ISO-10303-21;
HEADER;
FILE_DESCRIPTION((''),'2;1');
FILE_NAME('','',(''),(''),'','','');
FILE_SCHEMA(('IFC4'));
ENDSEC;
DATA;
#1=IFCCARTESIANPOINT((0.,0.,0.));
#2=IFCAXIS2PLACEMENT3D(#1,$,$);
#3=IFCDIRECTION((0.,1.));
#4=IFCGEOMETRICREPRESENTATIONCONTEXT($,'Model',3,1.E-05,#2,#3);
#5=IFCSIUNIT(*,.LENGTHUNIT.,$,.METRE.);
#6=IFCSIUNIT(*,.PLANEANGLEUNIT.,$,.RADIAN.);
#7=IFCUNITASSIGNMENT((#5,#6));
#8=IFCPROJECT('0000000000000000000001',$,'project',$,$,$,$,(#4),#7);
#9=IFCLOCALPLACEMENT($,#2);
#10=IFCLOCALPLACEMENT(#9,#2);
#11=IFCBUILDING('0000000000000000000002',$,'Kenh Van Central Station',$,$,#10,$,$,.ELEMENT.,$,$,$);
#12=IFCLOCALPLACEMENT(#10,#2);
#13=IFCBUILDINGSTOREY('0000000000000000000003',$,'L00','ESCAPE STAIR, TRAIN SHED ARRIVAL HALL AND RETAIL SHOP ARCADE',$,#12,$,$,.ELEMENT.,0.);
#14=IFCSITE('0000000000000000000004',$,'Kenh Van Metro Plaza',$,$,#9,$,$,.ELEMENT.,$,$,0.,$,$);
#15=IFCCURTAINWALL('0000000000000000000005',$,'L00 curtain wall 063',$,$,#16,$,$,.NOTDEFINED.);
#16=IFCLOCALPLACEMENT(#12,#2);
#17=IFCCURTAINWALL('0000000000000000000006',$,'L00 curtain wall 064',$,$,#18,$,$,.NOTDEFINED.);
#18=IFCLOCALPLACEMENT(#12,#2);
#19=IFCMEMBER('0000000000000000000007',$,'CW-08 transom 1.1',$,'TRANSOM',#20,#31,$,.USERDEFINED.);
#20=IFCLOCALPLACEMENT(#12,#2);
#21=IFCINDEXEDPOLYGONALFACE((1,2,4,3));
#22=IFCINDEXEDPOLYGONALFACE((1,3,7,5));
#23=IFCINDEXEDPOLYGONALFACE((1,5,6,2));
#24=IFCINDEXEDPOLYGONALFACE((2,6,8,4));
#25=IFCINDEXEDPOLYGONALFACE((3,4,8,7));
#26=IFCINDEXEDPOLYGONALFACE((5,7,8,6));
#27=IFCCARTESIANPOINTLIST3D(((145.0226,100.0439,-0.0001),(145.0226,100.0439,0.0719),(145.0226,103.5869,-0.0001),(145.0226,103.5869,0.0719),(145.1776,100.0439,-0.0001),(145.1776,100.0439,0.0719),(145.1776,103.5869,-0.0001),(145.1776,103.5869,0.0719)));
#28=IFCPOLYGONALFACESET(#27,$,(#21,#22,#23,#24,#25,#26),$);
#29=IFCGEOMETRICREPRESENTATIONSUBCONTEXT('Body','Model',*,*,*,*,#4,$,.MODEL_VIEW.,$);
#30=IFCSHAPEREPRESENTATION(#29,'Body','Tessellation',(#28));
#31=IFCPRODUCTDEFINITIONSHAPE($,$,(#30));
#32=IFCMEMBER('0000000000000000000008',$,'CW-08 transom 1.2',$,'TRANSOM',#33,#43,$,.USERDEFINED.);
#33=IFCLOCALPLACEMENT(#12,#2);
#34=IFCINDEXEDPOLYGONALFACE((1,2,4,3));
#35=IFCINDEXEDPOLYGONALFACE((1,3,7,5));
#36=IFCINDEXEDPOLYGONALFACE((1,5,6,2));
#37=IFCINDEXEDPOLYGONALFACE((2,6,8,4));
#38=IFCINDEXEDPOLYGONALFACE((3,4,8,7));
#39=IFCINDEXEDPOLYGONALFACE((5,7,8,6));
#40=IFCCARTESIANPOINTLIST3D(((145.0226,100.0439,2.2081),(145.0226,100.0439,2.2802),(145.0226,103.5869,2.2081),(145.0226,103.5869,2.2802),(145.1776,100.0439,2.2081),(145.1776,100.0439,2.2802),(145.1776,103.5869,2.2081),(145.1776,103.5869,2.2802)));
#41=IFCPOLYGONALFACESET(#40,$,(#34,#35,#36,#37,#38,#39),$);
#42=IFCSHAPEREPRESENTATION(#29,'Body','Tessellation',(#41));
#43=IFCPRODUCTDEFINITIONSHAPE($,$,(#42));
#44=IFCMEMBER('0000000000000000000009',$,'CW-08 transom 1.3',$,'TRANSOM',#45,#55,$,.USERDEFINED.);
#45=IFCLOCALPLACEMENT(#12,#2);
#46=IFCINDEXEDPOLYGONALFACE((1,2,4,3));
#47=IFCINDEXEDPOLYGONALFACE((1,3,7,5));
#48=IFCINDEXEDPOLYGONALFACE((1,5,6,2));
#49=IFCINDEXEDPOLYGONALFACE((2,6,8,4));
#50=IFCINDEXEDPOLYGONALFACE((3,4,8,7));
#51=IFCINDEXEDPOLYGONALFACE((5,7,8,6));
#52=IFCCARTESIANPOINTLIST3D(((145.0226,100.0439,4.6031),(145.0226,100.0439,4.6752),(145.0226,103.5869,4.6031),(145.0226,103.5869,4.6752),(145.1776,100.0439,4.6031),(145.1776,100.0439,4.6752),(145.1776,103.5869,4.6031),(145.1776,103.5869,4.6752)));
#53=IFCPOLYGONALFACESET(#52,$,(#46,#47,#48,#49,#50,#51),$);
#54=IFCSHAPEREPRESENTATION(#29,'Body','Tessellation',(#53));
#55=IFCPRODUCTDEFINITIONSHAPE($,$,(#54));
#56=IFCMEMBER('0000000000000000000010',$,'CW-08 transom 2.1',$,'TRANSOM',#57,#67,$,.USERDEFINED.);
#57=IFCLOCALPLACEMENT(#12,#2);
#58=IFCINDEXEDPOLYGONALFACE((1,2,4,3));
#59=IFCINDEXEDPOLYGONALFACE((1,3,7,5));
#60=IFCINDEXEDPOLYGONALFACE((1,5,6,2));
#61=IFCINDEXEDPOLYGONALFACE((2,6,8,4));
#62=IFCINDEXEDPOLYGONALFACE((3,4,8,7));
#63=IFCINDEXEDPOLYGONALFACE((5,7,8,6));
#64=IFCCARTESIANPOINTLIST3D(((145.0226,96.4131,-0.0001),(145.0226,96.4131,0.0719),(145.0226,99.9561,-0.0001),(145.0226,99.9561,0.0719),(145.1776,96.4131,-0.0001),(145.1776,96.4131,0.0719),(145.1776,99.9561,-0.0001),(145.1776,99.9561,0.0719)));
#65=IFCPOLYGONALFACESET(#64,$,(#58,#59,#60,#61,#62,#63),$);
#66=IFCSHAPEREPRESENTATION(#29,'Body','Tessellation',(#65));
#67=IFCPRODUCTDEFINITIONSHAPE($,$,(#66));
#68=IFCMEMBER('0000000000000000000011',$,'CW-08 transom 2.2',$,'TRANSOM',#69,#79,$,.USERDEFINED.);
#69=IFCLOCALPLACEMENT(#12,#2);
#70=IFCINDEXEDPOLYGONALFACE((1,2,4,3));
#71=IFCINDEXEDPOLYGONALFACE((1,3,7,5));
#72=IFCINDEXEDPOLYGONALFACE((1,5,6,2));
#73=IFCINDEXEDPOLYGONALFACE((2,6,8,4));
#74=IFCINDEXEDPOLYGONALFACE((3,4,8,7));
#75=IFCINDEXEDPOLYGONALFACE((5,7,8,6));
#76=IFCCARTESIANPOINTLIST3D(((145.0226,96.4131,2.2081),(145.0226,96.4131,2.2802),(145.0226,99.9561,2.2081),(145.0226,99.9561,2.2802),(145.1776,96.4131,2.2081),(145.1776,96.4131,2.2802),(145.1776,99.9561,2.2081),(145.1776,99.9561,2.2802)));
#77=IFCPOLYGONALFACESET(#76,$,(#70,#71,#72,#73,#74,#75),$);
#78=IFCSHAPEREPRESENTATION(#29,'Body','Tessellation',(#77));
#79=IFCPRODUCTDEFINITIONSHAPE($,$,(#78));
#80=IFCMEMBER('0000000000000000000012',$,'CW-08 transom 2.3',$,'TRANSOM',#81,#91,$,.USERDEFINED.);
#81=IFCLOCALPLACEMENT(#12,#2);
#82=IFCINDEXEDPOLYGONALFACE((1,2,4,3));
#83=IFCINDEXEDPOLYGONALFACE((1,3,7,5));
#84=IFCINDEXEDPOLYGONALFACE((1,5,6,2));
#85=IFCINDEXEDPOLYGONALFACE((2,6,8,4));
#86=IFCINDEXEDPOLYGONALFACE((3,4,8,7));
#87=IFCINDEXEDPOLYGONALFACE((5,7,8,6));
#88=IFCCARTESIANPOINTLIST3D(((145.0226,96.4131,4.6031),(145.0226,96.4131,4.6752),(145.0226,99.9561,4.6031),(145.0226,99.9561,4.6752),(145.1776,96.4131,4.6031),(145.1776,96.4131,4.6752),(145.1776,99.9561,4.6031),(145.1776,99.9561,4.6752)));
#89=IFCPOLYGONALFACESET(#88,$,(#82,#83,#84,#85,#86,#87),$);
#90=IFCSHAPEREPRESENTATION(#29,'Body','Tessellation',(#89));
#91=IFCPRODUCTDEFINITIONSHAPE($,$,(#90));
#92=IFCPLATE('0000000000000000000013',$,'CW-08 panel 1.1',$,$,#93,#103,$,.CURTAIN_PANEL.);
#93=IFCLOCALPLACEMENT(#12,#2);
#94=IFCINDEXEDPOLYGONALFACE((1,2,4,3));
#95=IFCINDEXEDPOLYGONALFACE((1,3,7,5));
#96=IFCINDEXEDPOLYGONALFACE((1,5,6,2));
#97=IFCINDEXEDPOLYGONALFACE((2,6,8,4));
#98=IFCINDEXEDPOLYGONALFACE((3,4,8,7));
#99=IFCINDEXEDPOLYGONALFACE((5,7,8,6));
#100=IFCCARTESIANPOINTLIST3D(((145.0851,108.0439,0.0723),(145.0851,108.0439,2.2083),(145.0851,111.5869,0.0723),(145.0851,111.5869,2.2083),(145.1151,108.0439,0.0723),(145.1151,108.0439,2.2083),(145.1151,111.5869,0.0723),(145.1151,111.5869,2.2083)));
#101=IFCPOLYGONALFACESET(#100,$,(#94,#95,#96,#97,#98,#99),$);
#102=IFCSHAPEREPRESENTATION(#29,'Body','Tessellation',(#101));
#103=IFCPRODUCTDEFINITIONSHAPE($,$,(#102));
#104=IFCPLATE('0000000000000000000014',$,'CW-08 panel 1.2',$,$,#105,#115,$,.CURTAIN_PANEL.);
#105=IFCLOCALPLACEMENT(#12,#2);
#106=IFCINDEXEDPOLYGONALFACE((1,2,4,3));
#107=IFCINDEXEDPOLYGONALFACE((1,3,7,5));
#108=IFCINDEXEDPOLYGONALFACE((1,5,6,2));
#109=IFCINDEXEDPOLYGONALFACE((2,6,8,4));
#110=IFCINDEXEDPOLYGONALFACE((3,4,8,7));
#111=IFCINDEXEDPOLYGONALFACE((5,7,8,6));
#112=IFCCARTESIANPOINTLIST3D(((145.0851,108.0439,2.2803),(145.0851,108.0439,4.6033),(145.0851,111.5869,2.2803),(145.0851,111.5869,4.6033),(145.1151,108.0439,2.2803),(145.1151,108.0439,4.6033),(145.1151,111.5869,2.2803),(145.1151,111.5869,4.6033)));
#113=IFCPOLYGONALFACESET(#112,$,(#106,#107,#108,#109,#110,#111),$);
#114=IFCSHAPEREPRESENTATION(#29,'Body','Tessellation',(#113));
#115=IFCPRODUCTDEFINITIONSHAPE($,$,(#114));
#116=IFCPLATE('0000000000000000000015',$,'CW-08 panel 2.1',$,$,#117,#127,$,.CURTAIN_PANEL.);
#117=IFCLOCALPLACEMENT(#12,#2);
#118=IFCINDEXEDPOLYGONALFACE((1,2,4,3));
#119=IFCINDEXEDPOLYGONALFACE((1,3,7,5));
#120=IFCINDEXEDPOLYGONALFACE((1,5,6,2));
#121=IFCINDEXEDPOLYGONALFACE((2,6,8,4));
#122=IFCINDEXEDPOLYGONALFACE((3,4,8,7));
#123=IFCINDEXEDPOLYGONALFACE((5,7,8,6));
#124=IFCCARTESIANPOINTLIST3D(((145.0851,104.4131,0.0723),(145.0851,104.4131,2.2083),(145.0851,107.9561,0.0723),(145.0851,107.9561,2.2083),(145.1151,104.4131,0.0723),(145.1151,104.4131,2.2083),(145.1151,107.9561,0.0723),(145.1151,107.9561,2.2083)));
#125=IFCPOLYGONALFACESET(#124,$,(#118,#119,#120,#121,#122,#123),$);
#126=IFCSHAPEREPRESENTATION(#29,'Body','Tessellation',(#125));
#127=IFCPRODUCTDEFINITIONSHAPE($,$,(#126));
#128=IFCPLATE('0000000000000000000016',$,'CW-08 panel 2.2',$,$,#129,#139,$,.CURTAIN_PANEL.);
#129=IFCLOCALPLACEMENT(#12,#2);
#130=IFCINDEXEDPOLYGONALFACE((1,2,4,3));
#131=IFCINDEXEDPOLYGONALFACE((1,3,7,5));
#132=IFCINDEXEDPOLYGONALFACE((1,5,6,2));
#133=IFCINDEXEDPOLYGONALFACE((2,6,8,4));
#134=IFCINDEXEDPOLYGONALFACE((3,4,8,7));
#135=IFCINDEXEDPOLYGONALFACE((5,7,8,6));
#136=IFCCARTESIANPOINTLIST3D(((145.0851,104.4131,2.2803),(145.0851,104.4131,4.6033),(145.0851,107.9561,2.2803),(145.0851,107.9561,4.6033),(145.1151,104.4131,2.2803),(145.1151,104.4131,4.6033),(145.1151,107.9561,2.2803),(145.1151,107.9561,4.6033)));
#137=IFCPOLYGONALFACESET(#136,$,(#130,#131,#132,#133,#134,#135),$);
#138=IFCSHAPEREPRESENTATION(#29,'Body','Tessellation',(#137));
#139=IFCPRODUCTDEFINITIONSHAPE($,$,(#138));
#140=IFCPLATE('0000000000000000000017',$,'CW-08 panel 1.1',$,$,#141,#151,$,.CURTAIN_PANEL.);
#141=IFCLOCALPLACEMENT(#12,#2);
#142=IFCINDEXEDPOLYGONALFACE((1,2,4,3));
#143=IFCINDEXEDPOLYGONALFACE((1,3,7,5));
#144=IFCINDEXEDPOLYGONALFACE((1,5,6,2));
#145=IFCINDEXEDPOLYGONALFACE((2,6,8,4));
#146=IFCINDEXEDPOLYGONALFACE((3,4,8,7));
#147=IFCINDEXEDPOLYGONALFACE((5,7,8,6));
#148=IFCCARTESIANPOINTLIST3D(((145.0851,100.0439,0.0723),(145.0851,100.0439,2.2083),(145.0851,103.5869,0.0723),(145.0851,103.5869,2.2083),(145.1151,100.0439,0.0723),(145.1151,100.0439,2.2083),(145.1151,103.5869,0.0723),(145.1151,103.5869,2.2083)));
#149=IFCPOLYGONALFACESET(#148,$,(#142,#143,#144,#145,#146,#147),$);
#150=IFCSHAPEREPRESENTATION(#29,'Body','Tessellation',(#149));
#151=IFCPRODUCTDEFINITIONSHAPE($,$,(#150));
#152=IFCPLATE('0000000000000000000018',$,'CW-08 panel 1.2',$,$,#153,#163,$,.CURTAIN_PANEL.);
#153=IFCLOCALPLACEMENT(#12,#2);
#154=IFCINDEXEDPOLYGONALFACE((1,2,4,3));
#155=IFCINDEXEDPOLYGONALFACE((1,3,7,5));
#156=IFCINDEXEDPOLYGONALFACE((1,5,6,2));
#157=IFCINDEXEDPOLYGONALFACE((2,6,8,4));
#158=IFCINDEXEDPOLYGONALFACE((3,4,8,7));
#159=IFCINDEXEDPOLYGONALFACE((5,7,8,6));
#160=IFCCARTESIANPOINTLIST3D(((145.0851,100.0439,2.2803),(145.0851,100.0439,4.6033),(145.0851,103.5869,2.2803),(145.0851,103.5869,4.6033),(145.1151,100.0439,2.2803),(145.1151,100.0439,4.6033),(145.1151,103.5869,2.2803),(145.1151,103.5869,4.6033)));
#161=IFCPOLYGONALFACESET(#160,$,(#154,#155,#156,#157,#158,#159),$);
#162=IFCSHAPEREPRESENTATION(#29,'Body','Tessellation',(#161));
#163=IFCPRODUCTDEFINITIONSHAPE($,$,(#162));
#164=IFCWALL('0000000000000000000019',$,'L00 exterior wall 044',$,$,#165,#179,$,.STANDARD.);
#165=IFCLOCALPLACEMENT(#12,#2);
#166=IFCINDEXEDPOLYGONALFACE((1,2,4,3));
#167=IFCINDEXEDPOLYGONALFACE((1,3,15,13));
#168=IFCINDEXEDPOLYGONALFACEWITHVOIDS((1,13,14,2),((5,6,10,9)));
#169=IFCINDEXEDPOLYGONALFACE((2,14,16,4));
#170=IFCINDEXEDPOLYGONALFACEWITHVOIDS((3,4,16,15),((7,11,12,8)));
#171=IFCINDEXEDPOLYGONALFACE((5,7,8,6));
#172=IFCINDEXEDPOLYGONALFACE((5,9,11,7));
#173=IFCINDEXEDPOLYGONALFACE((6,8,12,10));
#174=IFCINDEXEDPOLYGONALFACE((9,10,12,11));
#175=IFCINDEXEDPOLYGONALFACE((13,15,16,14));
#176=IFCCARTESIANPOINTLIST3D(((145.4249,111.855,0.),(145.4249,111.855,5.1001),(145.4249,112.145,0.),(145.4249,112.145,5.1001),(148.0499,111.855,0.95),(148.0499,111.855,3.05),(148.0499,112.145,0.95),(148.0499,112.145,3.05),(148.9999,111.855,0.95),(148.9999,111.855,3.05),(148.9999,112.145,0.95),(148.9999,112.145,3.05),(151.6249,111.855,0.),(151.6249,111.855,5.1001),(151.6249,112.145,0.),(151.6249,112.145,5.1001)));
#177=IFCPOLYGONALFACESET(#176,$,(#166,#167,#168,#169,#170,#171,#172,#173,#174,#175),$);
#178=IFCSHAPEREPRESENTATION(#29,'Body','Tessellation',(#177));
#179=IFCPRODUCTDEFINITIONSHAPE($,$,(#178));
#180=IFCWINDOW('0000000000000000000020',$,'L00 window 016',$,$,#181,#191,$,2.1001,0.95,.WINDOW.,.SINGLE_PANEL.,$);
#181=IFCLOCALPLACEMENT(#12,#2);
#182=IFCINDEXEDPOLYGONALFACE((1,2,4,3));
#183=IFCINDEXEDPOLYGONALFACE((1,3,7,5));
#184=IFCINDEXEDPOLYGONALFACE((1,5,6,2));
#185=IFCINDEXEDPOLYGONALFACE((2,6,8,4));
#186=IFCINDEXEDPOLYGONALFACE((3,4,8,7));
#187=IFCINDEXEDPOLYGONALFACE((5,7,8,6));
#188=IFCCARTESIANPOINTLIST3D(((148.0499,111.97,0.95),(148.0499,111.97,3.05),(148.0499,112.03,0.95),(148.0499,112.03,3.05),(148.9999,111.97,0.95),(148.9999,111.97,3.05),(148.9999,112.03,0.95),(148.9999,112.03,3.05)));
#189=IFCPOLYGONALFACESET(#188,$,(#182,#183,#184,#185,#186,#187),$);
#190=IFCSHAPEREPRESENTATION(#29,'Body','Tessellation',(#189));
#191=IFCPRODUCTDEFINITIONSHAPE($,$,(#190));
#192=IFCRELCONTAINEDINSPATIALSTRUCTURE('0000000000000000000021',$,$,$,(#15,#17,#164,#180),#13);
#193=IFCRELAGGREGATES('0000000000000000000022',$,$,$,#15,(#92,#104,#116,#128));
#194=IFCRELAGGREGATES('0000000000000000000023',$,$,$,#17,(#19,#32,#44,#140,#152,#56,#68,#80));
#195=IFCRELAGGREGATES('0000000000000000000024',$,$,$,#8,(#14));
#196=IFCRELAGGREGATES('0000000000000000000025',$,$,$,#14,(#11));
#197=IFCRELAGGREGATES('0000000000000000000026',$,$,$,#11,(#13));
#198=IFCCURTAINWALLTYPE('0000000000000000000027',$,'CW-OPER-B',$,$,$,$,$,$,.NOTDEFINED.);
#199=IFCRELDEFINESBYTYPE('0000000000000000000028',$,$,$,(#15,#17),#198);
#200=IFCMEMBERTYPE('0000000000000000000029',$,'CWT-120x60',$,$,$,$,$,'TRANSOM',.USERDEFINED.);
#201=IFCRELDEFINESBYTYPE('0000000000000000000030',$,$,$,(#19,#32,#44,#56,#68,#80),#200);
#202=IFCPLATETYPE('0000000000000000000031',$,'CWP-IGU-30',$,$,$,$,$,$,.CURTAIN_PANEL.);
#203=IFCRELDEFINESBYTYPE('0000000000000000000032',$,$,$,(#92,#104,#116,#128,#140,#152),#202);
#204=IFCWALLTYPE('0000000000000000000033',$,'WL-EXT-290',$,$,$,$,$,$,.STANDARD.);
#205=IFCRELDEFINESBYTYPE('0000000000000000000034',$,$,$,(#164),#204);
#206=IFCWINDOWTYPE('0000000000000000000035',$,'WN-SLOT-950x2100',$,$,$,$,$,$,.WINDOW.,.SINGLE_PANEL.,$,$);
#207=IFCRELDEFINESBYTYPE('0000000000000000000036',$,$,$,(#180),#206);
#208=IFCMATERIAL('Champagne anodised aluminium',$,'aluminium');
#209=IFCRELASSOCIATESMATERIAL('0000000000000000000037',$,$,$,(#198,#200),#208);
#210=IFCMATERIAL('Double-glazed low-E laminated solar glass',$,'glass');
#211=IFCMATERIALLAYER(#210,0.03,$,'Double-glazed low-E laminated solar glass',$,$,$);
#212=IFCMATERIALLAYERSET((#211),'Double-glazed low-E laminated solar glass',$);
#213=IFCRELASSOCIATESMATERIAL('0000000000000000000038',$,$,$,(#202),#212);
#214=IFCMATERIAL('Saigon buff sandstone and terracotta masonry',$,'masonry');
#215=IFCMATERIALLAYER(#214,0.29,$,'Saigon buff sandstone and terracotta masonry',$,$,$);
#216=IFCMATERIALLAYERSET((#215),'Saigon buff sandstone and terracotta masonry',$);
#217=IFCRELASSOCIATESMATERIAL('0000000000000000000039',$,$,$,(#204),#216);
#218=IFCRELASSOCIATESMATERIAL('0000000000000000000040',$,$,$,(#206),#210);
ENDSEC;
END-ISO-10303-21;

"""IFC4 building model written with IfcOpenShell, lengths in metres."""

from ifc_helpers import new_model, si_unit, direction, frame, frame_2d, origin, origin_2d, place, context, subcontext, project, spatial, rectangle, extrude, material, layer, layer_set, material_profile, profile_set, type_object, element, fill, aggregate, save


model = new_model("IFC4")

# Units and contexts
model_context = context("Model", 3, precision=1e-05, world=origin(), true_north=direction((0.0, 1.0)))
body_context = subcontext(model_context, "Body", "Model", "MODEL_VIEW")
ifc_project = project(units=[si_unit("LENGTHUNIT", "METRE"), si_unit("PLANEANGLEUNIT", "RADIAN")], contexts=[model_context])

# Site, building, storey
site_placement = place(None, origin())
site = spatial("IfcSite", under=ifc_project, at=site_placement, Name="Kenh Van Metro Plaza", CompositionType="ELEMENT", RefElevation=0.0)
building_placement = place(site_placement, origin())
building = spatial("IfcBuilding", under=site, at=building_placement, Name="Kenh Van Central Station", CompositionType="ELEMENT")
storey_placement = place(building_placement, origin())
storey = spatial("IfcBuildingStorey", under=building, at=storey_placement, Name="L00", Description="ESCAPE STAIR, TRAIN SHED ARRIVAL HALL AND RETAIL SHOP ARCADE", CompositionType="ELEMENT", Elevation=0.0)

# Curtain walls
ifc_material_1 = material(Name="Champagne anodised aluminium", Category="aluminium")
curtain_wall_type = type_object("IfcCurtainWallType", Name="CW-OPER-B", PredefinedType="NOTDEFINED", material=ifc_material_1)
curtain_wall_1_placement = place(storey_placement, origin())
curtain_wall_1 = element("IfcCurtainWall", 1, at=curtain_wall_1_placement, inside=storey, type_object=curtain_wall_type, Name="L00 curtain wall 063", PredefinedType="NOTDEFINED")
curtain_wall_2_placement = place(storey_placement, origin())
curtain_wall_2 = element("IfcCurtainWall", 2, at=curtain_wall_2_placement, inside=storey, type_object=curtain_wall_type, Name="L00 curtain wall 064", PredefinedType="NOTDEFINED")

# Members
ifc_material_profile_1 = material_profile(ifc_material_1, rectangle(XDim=0.155, YDim=0.072, at=origin_2d()), Name="AL 155x72")
ifc_profile_set_1 = profile_set([ifc_material_profile_1], Name="Champagne anodised aluminium")
member_type_1 = type_object("IfcMemberType", Name="CWT-120x60", ElementType="TRANSOM", PredefinedType="USERDEFINED", material=ifc_profile_set_1)
member_1_placement = place(storey_placement, frame((145.1001, 103.5869, 0.0359), z_axis=(0.0, -1.0, 0.0), x_axis=(1.0, 0.0, 0.0)))
member_1 = element("IfcMember", 3, at=member_1_placement, type_object=member_type_1, Name="CW-08 transom 1.1", ObjectType="TRANSOM", PredefinedType="USERDEFINED", context=body_context, shape_type="SweptSolid", body=[
    extrude(rectangle(XDim=0.155, YDim=0.072, at=origin_2d()), origin(), (0.0, 0.0, 1.0), 3.543),
])
member_2_placement = place(storey_placement, frame((145.1001, 103.5869, 2.2441), z_axis=(0.0, -1.0, 0.0), x_axis=(1.0, 0.0, 0.0)))
member_2 = element("IfcMember", 4, at=member_2_placement, type_object=member_type_1, Name="CW-08 transom 1.2", ObjectType="TRANSOM", PredefinedType="USERDEFINED", context=body_context, shape_type="SweptSolid", body=[
    extrude(rectangle(XDim=0.155, YDim=0.072, at=origin_2d()), origin(), (0.0, 0.0, 1.0), 3.543),
])
member_3_placement = place(storey_placement, frame((145.1001, 103.5869, 4.6392), z_axis=(0.0, -1.0, 0.0), x_axis=(1.0, 0.0, 0.0)))
member_3 = element("IfcMember", 5, at=member_3_placement, type_object=member_type_1, Name="CW-08 transom 1.3", ObjectType="TRANSOM", PredefinedType="USERDEFINED", context=body_context, shape_type="SweptSolid", body=[
    extrude(rectangle(XDim=0.155, YDim=0.072, at=origin_2d()), origin(), (0.0, 0.0, 1.0), 3.543),
])
member_4_placement = place(storey_placement, frame((145.1001, 99.9561, 0.0359), z_axis=(0.0, -1.0, 0.0), x_axis=(1.0, 0.0, 0.0)))
member_4 = element("IfcMember", 6, at=member_4_placement, type_object=member_type_1, Name="CW-08 transom 2.1", ObjectType="TRANSOM", PredefinedType="USERDEFINED", context=body_context, shape_type="SweptSolid", body=[
    extrude(rectangle(XDim=0.155, YDim=0.072, at=origin_2d()), origin(), (0.0, 0.0, 1.0), 3.543),
])
member_5_placement = place(storey_placement, frame((145.1001, 99.9561, 2.2441), z_axis=(0.0, -1.0, 0.0), x_axis=(1.0, 0.0, 0.0)))
member_5 = element("IfcMember", 7, at=member_5_placement, type_object=member_type_1, Name="CW-08 transom 2.2", ObjectType="TRANSOM", PredefinedType="USERDEFINED", context=body_context, shape_type="SweptSolid", body=[
    extrude(rectangle(XDim=0.155, YDim=0.072, at=origin_2d()), origin(), (0.0, 0.0, 1.0), 3.543),
])
member_6_placement = place(storey_placement, frame((145.1001, 99.9561, 4.6392), z_axis=(0.0, -1.0, 0.0), x_axis=(1.0, 0.0, 0.0)))
member_6 = element("IfcMember", 8, at=member_6_placement, type_object=member_type_1, Name="CW-08 transom 2.3", ObjectType="TRANSOM", PredefinedType="USERDEFINED", context=body_context, shape_type="SweptSolid", body=[
    extrude(rectangle(XDim=0.155, YDim=0.072, at=origin_2d()), origin(), (0.0, 0.0, 1.0), 3.543),
])

# Plates
ifc_material_2 = material(Name="Double-glazed low-E laminated solar glass", Category="glass")
ifc_layer_1 = layer(ifc_material_2, 0.03, Name="Double-glazed low-E laminated solar glass")
ifc_layer_set_1 = layer_set([ifc_layer_1], Name="Double-glazed low-E laminated solar glass")
plate_type = type_object("IfcPlateType", Name="CWP-IGU-30", PredefinedType="CURTAIN_PANEL", material=ifc_layer_set_1)
plate_1_placement = place(storey_placement, frame((145.1001, 109.8154, 0.0723), z_axis=(0.0, 0.0, 1.0), x_axis=(0.0, -1.0, 0.0)))
plate_1 = element("IfcPlate", 9, at=plate_1_placement, type_object=plate_type, Name="CW-08 panel 1.1", PredefinedType="CURTAIN_PANEL", context=body_context, shape_type="SweptSolid", body=[
    extrude(rectangle(XDim=3.543, YDim=0.03, at=origin_2d()), origin(), (0.0, 0.0, 1.0), 2.136),
])
plate_2_placement = place(storey_placement, frame((145.1001, 109.8154, 2.2803), z_axis=(0.0, 0.0, 1.0), x_axis=(0.0, -1.0, 0.0)))
plate_2 = element("IfcPlate", 10, at=plate_2_placement, type_object=plate_type, Name="CW-08 panel 1.2", PredefinedType="CURTAIN_PANEL", context=body_context, shape_type="SweptSolid", body=[
    extrude(rectangle(XDim=3.543, YDim=0.03, at=origin_2d()), origin(), (0.0, 0.0, 1.0), 2.323),
])
plate_3_placement = place(storey_placement, frame((145.1001, 106.1846, 0.0723), z_axis=(0.0, 0.0, 1.0), x_axis=(0.0, -1.0, 0.0)))
plate_3 = element("IfcPlate", 11, at=plate_3_placement, type_object=plate_type, Name="CW-08 panel 2.1", PredefinedType="CURTAIN_PANEL", context=body_context, shape_type="SweptSolid", body=[
    extrude(rectangle(XDim=3.543, YDim=0.03, at=origin_2d()), origin(), (0.0, 0.0, 1.0), 2.136),
])
plate_4_placement = place(storey_placement, frame((145.1001, 106.1846, 2.2803), z_axis=(0.0, 0.0, 1.0), x_axis=(0.0, -1.0, 0.0)))
plate_4 = element("IfcPlate", 12, at=plate_4_placement, type_object=plate_type, Name="CW-08 panel 2.2", PredefinedType="CURTAIN_PANEL", context=body_context, shape_type="SweptSolid", body=[
    extrude(rectangle(XDim=3.543, YDim=0.03, at=origin_2d()), origin(), (0.0, 0.0, 1.0), 2.323),
])
aggregate(curtain_wall_1, [plate_1, plate_2, plate_3, plate_4])
plate_5_placement = place(storey_placement, frame((145.1001, 101.8154, 0.0723), z_axis=(0.0, 0.0, 1.0), x_axis=(0.0, -1.0, 0.0)))
plate_5 = element("IfcPlate", 13, at=plate_5_placement, type_object=plate_type, Name="CW-08 panel 1.1", PredefinedType="CURTAIN_PANEL", context=body_context, shape_type="SweptSolid", body=[
    extrude(rectangle(XDim=3.543, YDim=0.03, at=origin_2d()), origin(), (0.0, 0.0, 1.0), 2.136),
])
plate_6_placement = place(storey_placement, frame((145.1001, 101.8154, 2.2803), z_axis=(0.0, 0.0, 1.0), x_axis=(0.0, -1.0, 0.0)))
plate_6 = element("IfcPlate", 14, at=plate_6_placement, type_object=plate_type, Name="CW-08 panel 1.2", PredefinedType="CURTAIN_PANEL", context=body_context, shape_type="SweptSolid", body=[
    extrude(rectangle(XDim=3.543, YDim=0.03, at=origin_2d()), origin(), (0.0, 0.0, 1.0), 2.323),
])
aggregate(curtain_wall_2, [member_1, member_2, member_3, plate_5, plate_6, member_4, member_5, member_6])

# Wall, opening, window
ifc_material_3 = material(Name="Saigon buff sandstone and terracotta masonry", Category="masonry")
ifc_layer_2 = layer(ifc_material_3, 0.29, Name="Saigon buff sandstone and terracotta masonry")
ifc_layer_set_2 = layer_set([ifc_layer_2], Name="Saigon buff sandstone and terracotta masonry")
wall_type_1 = type_object("IfcWallType", Name="WL-EXT-290", PredefinedType="STANDARD", material=ifc_layer_set_2)
wall_1_placement = place(storey_placement, frame((151.625, 112.0, 0.0), z_axis=(0.0, 0.0, 1.0), x_axis=(-1.0, 0.0, 0.0)))
wall_1 = element("IfcWall", 15, at=wall_1_placement, inside=storey, type_object=wall_type_1, Name="L00 exterior wall 044", PredefinedType="STANDARD", context=body_context, shape_type="SweptSolid", body=[
    extrude(rectangle(XDim=6.2, YDim=0.29, at=frame_2d((3.1001, 0.0))), origin(), (0.0, 0.0, 1.0), 5.1001),
])
opening_1_placement = place(wall_1_placement, frame((2.625, 0.0, 0.95)))
opening_1 = element("IfcOpeningElement", 16, at=opening_1_placement, cuts=wall_1, PredefinedType="OPENING", context=body_context, shape_type="SweptSolid", body=[
    extrude(rectangle(XDim=0.95, YDim=2.1001, at=frame_2d((0.4751, 1.05))), frame((0.0, 0.155, 0.0), z_axis=(0.0, -1.0, 0.0), x_axis=(1.0, 0.0, 0.0)), (0.0, 0.0, 1.0), 0.3101),
])
window_type_1 = type_object("IfcWindowType", Name="WN-SLOT-950x2100", PartitioningType="SINGLE_PANEL", PredefinedType="WINDOW", material=ifc_material_2)
window_1_placement = place(opening_1_placement, origin())
window_1 = element("IfcWindow", 17, at=window_1_placement, inside=storey, type_object=window_type_1, Name="L00 window 016", OverallHeight=2.1001, OverallWidth=0.95, PartitioningType="SINGLE_PANEL", PredefinedType="WINDOW", context=body_context, shape_type="SweptSolid", body=[
    extrude(rectangle(XDim=0.95, YDim=2.1001, at=frame_2d((0.4751, 1.05))), frame((0.0, 0.03, 0.0), z_axis=(0.0, -1.0, 0.0), x_axis=(1.0, 0.0, 0.0)), (0.0, 0.0, 1.0), 0.0601),
])
fill(opening_1, window_1)

save(model, "model.ifc")
